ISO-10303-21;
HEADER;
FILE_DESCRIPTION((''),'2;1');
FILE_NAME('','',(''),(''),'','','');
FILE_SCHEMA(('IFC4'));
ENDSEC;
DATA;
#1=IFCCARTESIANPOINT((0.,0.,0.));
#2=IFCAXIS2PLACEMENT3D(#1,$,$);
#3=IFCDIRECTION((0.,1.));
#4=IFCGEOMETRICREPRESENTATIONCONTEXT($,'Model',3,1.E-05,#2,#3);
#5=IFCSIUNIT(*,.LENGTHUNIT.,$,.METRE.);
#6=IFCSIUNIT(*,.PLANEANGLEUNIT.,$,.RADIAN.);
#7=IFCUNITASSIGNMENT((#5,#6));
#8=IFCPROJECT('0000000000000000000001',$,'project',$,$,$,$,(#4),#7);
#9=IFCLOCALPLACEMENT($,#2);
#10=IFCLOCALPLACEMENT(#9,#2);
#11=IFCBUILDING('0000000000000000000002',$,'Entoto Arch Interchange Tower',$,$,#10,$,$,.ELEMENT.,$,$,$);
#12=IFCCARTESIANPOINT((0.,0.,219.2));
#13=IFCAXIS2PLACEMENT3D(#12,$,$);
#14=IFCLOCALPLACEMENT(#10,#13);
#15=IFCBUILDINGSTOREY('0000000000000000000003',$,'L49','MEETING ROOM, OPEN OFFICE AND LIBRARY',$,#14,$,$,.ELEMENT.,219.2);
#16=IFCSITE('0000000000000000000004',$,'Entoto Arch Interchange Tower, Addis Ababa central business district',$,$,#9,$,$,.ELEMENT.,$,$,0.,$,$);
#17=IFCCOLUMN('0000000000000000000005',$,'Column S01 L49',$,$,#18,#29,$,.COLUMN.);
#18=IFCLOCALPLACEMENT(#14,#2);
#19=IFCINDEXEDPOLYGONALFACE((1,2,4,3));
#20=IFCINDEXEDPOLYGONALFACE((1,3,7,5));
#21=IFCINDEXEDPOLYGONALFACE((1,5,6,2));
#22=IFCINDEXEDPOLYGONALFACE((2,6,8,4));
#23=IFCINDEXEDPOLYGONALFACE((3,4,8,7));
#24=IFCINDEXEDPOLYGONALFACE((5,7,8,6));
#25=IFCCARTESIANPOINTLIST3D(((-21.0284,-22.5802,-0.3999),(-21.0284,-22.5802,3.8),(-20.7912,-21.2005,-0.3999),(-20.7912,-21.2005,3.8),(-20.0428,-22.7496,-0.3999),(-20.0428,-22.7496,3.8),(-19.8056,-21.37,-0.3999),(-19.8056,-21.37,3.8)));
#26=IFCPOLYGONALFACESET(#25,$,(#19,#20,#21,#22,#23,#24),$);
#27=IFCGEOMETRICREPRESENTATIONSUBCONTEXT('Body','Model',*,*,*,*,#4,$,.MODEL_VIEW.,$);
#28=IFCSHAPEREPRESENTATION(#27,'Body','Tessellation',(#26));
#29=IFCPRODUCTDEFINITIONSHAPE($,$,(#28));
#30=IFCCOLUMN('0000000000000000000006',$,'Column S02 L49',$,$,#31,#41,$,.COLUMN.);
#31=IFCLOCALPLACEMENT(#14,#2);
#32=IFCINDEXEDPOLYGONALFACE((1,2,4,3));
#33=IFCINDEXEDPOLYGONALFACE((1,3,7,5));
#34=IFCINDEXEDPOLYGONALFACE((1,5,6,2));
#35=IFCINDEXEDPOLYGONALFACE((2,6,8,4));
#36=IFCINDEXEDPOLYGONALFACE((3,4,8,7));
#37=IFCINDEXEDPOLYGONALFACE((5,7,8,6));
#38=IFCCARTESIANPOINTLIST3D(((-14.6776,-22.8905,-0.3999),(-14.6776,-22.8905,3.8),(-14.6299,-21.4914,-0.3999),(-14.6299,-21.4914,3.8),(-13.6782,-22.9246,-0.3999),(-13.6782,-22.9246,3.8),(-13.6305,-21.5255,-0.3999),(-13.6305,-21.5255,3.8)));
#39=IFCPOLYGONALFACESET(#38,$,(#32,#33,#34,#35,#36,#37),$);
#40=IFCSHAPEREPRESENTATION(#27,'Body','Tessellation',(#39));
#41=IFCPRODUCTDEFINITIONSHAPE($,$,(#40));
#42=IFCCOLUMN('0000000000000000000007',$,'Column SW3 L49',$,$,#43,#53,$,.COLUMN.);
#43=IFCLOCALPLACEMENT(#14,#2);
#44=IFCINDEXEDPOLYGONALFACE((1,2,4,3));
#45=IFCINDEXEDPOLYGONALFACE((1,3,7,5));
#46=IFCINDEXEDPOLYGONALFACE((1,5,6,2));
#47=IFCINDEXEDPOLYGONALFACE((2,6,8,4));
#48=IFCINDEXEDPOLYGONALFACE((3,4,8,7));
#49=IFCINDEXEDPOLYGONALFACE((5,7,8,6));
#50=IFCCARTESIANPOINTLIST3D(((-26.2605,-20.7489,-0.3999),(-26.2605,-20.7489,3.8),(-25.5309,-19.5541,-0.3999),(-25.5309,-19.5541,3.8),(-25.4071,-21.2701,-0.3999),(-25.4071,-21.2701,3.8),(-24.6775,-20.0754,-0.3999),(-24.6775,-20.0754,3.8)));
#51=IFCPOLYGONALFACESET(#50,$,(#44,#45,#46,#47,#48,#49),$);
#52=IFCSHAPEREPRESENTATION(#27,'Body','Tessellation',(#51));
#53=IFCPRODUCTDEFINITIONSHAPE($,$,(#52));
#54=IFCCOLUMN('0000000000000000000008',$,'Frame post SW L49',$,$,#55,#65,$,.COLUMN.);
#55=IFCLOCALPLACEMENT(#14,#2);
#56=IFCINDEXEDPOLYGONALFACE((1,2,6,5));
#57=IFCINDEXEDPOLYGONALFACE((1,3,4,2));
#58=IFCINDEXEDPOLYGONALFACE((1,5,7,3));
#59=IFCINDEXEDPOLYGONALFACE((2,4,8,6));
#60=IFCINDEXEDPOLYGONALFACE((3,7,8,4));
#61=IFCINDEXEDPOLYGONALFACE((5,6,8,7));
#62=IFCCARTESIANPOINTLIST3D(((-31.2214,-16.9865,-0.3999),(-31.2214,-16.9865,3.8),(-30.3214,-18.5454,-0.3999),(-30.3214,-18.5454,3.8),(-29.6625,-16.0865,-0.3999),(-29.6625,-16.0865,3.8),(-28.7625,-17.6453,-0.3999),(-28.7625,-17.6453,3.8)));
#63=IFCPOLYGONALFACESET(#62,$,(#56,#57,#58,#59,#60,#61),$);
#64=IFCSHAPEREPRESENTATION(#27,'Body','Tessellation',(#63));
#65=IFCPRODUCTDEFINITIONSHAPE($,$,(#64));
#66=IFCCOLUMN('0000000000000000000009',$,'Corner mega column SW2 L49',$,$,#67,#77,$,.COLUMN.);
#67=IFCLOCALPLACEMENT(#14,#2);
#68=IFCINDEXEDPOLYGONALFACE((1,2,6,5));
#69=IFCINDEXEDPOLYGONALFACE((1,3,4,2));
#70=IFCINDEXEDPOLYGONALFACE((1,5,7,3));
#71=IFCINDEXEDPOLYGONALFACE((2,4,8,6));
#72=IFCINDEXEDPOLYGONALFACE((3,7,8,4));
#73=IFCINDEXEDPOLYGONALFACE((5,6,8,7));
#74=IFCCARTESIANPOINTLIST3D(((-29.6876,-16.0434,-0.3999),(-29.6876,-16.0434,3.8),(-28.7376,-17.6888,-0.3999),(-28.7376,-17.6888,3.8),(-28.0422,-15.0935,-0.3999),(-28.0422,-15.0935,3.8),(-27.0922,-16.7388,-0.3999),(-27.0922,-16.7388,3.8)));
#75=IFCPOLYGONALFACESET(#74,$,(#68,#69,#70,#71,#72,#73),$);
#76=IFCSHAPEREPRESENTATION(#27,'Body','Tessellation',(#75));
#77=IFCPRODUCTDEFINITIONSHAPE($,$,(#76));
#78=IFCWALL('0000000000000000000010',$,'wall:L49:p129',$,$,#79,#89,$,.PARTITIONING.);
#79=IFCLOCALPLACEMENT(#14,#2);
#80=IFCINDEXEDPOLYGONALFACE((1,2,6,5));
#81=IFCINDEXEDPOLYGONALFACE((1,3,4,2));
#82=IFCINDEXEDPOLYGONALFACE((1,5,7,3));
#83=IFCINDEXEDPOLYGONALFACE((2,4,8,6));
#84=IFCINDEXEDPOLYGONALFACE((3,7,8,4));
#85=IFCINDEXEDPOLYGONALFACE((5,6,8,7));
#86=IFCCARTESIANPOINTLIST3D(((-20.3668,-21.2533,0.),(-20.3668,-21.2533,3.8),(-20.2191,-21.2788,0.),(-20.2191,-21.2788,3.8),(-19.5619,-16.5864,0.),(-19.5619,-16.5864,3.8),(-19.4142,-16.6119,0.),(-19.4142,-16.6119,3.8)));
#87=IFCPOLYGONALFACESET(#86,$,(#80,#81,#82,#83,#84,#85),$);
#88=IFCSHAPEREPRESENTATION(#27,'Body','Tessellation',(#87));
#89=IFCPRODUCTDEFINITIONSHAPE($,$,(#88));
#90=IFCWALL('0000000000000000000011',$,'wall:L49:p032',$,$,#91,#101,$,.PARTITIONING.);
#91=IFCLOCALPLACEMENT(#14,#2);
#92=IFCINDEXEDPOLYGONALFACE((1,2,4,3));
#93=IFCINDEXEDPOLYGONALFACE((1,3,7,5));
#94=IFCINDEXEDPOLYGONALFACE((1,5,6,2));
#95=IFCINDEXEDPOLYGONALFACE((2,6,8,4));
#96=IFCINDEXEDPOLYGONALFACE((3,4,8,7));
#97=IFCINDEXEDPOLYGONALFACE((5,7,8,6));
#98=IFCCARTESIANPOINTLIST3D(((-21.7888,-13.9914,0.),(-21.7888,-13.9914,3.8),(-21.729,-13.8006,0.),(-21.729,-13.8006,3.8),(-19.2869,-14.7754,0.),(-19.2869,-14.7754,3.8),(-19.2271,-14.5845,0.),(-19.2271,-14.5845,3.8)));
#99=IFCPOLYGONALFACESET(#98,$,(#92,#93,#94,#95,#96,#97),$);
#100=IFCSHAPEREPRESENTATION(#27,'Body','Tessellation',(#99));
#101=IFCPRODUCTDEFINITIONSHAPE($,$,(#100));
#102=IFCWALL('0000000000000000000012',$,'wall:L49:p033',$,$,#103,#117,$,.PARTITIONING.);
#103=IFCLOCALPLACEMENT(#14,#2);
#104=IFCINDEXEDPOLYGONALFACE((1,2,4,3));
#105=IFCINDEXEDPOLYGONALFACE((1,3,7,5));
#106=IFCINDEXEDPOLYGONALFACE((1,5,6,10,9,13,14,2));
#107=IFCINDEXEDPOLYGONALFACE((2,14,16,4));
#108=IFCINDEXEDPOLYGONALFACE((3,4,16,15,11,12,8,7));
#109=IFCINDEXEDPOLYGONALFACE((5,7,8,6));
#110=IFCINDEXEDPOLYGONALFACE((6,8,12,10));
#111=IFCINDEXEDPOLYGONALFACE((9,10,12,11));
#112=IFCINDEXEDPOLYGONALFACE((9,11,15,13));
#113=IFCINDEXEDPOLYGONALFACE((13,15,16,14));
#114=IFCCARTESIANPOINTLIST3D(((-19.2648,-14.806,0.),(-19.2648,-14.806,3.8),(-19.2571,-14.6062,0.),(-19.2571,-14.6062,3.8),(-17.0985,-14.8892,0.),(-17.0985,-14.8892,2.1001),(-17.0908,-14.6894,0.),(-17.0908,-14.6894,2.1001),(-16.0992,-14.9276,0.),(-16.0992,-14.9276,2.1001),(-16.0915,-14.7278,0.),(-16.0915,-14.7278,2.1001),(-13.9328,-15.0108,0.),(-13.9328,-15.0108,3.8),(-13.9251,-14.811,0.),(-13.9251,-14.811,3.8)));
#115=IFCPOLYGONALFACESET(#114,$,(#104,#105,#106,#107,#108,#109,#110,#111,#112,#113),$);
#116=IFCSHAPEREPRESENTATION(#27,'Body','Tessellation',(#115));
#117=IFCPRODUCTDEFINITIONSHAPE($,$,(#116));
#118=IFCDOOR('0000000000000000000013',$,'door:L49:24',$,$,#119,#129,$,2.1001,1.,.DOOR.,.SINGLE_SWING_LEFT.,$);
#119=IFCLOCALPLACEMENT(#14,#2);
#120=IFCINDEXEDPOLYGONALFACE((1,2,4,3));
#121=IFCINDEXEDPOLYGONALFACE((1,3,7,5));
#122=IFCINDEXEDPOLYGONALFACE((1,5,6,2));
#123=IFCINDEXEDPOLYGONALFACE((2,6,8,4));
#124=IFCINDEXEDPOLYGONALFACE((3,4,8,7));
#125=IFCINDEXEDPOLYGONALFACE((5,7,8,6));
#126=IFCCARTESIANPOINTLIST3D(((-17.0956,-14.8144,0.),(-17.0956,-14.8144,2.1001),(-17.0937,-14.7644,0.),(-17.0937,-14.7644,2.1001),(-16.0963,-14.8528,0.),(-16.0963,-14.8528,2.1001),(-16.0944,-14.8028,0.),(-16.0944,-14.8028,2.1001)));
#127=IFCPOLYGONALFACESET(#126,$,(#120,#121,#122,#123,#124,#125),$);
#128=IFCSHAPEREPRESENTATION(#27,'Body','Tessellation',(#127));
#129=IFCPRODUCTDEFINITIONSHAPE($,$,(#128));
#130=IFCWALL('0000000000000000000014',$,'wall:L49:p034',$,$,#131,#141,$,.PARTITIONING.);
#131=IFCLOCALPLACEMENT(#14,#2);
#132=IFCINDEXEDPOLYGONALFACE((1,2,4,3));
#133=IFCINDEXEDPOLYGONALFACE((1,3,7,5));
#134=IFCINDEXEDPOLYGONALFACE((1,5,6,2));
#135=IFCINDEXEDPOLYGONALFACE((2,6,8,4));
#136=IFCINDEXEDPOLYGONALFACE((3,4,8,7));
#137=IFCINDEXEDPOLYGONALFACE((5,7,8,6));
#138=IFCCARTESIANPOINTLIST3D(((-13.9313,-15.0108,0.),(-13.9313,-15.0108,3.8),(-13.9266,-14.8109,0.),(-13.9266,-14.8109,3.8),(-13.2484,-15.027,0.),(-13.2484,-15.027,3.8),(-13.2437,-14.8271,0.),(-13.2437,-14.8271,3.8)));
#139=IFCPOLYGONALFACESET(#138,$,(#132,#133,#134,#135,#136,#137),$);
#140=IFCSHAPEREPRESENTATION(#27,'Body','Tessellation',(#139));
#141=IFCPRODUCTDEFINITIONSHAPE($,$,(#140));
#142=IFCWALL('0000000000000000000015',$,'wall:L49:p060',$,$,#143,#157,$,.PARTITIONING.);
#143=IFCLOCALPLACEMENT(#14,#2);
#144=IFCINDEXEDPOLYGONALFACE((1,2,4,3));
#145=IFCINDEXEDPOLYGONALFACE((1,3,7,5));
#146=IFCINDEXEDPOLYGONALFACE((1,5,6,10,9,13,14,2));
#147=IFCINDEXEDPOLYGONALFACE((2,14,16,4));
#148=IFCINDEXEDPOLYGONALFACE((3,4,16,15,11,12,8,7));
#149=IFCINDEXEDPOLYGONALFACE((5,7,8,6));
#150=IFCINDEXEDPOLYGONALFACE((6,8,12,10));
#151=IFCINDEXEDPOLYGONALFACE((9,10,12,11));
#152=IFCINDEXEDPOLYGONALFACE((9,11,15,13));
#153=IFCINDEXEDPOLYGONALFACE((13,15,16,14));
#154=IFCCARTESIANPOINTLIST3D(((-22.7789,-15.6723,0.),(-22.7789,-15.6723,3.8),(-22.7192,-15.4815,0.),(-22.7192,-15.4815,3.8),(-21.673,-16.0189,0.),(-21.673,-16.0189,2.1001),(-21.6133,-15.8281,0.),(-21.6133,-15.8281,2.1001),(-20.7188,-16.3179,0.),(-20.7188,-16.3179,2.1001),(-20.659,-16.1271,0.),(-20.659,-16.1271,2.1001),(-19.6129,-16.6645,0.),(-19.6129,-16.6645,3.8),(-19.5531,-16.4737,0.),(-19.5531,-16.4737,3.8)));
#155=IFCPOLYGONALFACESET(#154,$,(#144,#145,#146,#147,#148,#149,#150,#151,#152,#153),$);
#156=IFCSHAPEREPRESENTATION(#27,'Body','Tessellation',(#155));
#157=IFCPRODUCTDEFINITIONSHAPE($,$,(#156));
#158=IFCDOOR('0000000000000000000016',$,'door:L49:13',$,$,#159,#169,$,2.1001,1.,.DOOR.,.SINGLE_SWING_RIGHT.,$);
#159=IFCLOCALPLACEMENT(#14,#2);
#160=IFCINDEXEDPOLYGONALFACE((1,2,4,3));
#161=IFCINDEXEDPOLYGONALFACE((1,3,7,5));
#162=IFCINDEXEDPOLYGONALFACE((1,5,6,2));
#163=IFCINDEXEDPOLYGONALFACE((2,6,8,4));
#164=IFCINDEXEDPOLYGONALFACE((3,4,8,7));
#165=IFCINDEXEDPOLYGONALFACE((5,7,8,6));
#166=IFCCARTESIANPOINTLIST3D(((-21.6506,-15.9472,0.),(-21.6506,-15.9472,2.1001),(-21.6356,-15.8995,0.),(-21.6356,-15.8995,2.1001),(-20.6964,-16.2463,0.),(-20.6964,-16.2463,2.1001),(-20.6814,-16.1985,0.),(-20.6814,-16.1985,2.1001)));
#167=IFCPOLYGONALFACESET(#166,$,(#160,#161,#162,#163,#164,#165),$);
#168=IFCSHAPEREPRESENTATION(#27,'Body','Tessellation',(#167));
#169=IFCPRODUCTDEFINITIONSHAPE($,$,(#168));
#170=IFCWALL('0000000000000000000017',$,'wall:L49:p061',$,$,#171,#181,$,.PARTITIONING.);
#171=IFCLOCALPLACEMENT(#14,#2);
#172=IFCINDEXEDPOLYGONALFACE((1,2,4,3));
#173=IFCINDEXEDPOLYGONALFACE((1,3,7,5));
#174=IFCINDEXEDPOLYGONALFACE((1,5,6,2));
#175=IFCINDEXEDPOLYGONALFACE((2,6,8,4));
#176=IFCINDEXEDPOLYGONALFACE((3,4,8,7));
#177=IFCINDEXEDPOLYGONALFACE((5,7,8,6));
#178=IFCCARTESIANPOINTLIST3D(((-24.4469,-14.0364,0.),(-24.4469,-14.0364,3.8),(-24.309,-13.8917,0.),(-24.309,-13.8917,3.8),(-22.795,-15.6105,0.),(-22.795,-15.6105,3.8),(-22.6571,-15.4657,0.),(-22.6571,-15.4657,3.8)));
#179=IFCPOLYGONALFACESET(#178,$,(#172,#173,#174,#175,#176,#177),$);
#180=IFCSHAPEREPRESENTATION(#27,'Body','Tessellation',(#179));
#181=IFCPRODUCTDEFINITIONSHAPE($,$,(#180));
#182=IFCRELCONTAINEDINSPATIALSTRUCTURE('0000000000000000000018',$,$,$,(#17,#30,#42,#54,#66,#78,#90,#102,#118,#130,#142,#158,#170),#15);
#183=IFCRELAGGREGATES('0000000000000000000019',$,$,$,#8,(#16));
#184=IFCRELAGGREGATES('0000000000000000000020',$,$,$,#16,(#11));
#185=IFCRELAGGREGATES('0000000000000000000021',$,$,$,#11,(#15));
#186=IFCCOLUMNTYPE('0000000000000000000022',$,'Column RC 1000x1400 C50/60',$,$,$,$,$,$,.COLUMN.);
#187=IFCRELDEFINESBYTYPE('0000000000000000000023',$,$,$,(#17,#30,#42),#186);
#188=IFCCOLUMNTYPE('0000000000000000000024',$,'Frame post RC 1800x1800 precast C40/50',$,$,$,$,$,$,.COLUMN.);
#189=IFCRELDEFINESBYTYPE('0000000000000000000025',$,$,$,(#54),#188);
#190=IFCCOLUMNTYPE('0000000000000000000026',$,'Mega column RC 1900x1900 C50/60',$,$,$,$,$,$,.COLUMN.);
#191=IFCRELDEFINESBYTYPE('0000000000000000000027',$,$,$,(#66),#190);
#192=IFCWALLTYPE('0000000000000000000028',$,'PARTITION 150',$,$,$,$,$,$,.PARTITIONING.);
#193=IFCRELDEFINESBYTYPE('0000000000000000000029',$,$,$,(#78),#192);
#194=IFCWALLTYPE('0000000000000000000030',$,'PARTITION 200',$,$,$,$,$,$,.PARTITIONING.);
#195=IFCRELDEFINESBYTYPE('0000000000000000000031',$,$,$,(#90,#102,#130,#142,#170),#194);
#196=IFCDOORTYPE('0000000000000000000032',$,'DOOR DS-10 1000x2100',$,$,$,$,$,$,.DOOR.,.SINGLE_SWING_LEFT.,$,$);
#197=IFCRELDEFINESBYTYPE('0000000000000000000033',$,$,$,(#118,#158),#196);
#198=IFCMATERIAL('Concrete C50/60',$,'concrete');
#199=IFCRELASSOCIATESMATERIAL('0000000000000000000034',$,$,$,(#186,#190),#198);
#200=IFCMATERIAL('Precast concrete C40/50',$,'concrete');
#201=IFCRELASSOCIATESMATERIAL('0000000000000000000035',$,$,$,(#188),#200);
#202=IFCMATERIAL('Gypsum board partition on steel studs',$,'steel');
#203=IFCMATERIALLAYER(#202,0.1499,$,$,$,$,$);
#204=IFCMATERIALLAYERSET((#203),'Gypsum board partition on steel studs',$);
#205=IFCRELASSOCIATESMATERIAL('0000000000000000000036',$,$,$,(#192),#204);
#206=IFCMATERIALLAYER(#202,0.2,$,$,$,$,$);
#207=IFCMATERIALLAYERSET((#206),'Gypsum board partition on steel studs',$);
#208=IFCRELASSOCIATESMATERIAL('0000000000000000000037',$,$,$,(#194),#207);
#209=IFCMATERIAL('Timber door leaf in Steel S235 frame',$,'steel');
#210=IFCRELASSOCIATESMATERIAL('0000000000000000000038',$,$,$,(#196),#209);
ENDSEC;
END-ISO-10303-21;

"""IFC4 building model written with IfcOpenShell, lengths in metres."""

from ifc_helpers import new_model, si_unit, direction, frame, frame_2d, origin, origin_2d, place, context, subcontext, project, spatial, rectangle, extrude, material, layer, layer_set, material_profile, profile_set, type_object, element, fill, save


model = new_model("IFC4")

# Units and contexts
model_context = context("Model", 3, precision=1e-05, world=origin(), true_north=direction((0.0, 1.0)))
body_context = subcontext(model_context, "Body", "Model", "MODEL_VIEW")
ifc_project = project(units=[si_unit("LENGTHUNIT", "METRE"), si_unit("PLANEANGLEUNIT", "RADIAN")], contexts=[model_context])

# Site, building, storey
site_placement = place(None, origin())
site = spatial("IfcSite", under=ifc_project, at=site_placement, Name="Entoto Arch Interchange Tower, Addis Ababa central business district", CompositionType="ELEMENT", RefElevation=0.0)
building_placement = place(site_placement, origin())
building = spatial("IfcBuilding", under=site, at=building_placement, Name="Entoto Arch Interchange Tower", CompositionType="ELEMENT")
storey_placement = place(building_placement, frame((0.0, 0.0, 219.2)))
storey = spatial("IfcBuildingStorey", under=building, at=storey_placement, Name="L49", Description="MEETING ROOM, OPEN OFFICE AND LIBRARY", CompositionType="ELEMENT", Elevation=219.2)

# Columns
ifc_material_1 = material(Name="Concrete C50/60", Category="concrete")
ifc_material_profile_1 = material_profile(ifc_material_1, rectangle(XDim=1.0, YDim=1.3999, at=origin_2d()))
ifc_profile_set_1 = profile_set([ifc_material_profile_1], Name="Concrete C50/60")
column_type_1 = type_object("IfcColumnType", Name="Column RC 1000x1400 C50/60", PredefinedType="COLUMN", material=ifc_profile_set_1)
for number, where, z_axis, x_axis, name in (
    (1, (-20.417, -21.9751, -0.3999), (0.0, 0.0, 1.0), (-0.985541, 0.169436, 0.0), "Column S01 L49"),
    (2, (-14.1541, -22.208, -0.3999), (0.0, 0.0, 1.0), (-0.999421, 0.034027, 0.0), "Column S02 L49"),
    (3, (-25.469, -20.4121, -0.3999), (0.0, 0.0, 1.0), (-0.853423, 0.521218, 0.0), "Column SW3 L49"),
):
    element("IfcColumn", number, at=place(storey_placement, frame(where, z_axis=z_axis, x_axis=x_axis)), inside=storey, type_object=column_type_1, Name=name, PredefinedType="COLUMN", context=body_context, shape_type="SweptSolid", body=[
        extrude(rectangle(XDim=1.0, YDim=1.3999, at=origin_2d()), origin(), (0.0, 0.0, 1.0), 4.2),
    ])
ifc_material_2 = material(Name="Precast concrete C40/50", Category="concrete")
ifc_material_profile_2 = material_profile(ifc_material_2, rectangle(XDim=1.8, YDim=1.8, at=origin_2d()))
ifc_profile_set_2 = profile_set([ifc_material_profile_2], Name="Precast concrete C40/50")
column_type_2 = type_object("IfcColumnType", Name="Frame post RC 1800x1800 precast C40/50", PredefinedType="COLUMN", material=ifc_profile_set_2)
column_1_placement = place(storey_placement, frame((-29.9919, -17.3159, -0.3999), z_axis=(0.0, 0.0, 1.0), x_axis=(0.866025, 0.5, 0.0)))
element("IfcColumn", 4, at=column_1_placement, inside=storey, type_object=column_type_2, Name="Frame post SW L49", PredefinedType="COLUMN", context=body_context, shape_type="SweptSolid", body=[
    extrude(rectangle(XDim=1.8, YDim=1.8, at=origin_2d()), origin(), (0.0, 0.0, 1.0), 4.2),
])
ifc_material_profile_3 = material_profile(ifc_material_1, rectangle(XDim=1.8999, YDim=1.8999, at=origin_2d()))
ifc_profile_set_3 = profile_set([ifc_material_profile_3], Name="Concrete C50/60")
column_type_3 = type_object("IfcColumnType", Name="Mega column RC 1900x1900 C50/60", PredefinedType="COLUMN", material=ifc_profile_set_3)
column_2_placement = place(storey_placement, frame((-28.3899, -16.3911, -0.3999), z_axis=(0.0, 0.0, 1.0), x_axis=(0.866025, 0.5, 0.0)))
element("IfcColumn", 5, at=column_2_placement, inside=storey, type_object=column_type_3, Name="Corner mega column SW2 L49", PredefinedType="COLUMN", context=body_context, shape_type="SweptSolid", body=[
    extrude(rectangle(XDim=1.8999, YDim=1.8999, at=origin_2d()), origin(), (0.0, 0.0, 1.0), 4.2),
])

# Walls
ifc_material_3 = material(Name="Gypsum board partition on steel studs", Category="steel")
ifc_layer_1 = layer(ifc_material_3, 0.1499)
ifc_layer_set_1 = layer_set([ifc_layer_1], Name="Gypsum board partition on steel studs")
wall_type_1 = type_object("IfcWallType", Name="PARTITION 150", PredefinedType="PARTITIONING", material=ifc_layer_set_1)
wall_1_placement = place(storey_placement, frame((-19.488, -16.5991, 0.0), z_axis=(0.0, 0.0, 1.0), x_axis=(-0.169964, -0.98545, 0.0)))
element("IfcWall", 6, at=wall_1_placement, inside=storey, type_object=wall_type_1, Name="wall:L49:p129", PredefinedType="PARTITIONING", context=body_context, shape_type="SweptSolid", body=[
    extrude(rectangle(XDim=4.7358, YDim=0.1499, at=frame_2d((2.3679, 0.0))), origin(), (0.0, 0.0, 1.0), 3.8),
])
ifc_layer_2 = layer(ifc_material_3, 0.2)
ifc_layer_set_2 = layer_set([ifc_layer_2], Name="Gypsum board partition on steel studs")
wall_type_2 = type_object("IfcWallType", Name="PARTITION 200", PredefinedType="PARTITIONING", material=ifc_layer_set_2)
wall_2_placement = place(storey_placement, frame((-21.759, -13.896, 0.0), z_axis=(0.0, 0.0, 1.0), x_axis=(0.954254, -0.298996, 0.0)))
element("IfcWall", 7, at=wall_2_placement, inside=storey, type_object=wall_type_2, Name="wall:L49:p032", PredefinedType="PARTITIONING", context=body_context, shape_type="SweptSolid", body=[
    extrude(rectangle(XDim=2.6218, YDim=0.2, at=frame_2d((1.311, 0.0))), origin(), (0.0, 0.0, 1.0), 3.8),
])

# Wall, opening, door
wall_3_placement = place(storey_placement, frame((-19.261, -14.7061, 0.0), z_axis=(0.0, 0.0, 1.0), x_axis=(0.999263, -0.038387, 0.0)))
wall_3 = element("IfcWall", 8, at=wall_3_placement, inside=storey, type_object=wall_type_2, Name="wall:L49:p033", PredefinedType="PARTITIONING", context=body_context, shape_type="SweptSolid", body=[
    extrude(rectangle(XDim=5.3359, YDim=0.2, at=frame_2d((2.668, 0.0))), origin(), (0.0, 0.0, 1.0), 3.8),
])
opening_1_placement = place(wall_3_placement, frame((2.168, 0.0, 0.0)))
opening_1 = element("IfcOpeningElement", 9, at=opening_1_placement, cuts=wall_3, PredefinedType="OPENING", context=body_context, shape_type="SweptSolid", body=[
    extrude(rectangle(XDim=1.0, YDim=2.1001, at=frame_2d((0.5, 1.05))), frame((0.0, 0.1099, 0.0), z_axis=(0.0, -1.0, 0.0), x_axis=(1.0, 0.0, 0.0)), (0.0, 0.0, 1.0), 0.22),
])
ifc_material_4 = material(Name="Timber door leaf in Steel S235 frame", Category="steel")
door_type = type_object("IfcDoorType", Name="DOOR DS-10 1000x2100", OperationType="SINGLE_SWING_LEFT", PredefinedType="DOOR", material=ifc_material_4)
door_1_placement = place(opening_1_placement, origin())
door_1 = element("IfcDoor", 10, at=door_1_placement, inside=storey, type_object=door_type, Name="door:L49:24", OperationType="SINGLE_SWING_LEFT", OverallHeight=2.1001, OverallWidth=1.0, PredefinedType="DOOR", context=body_context, shape_type="SweptSolid", body=[
    extrude(rectangle(XDim=1.0, YDim=2.1001, at=frame_2d((0.5, 1.05))), frame((0.0, 0.0249, 0.0), z_axis=(0.0, -1.0, 0.0), x_axis=(1.0, 0.0, 0.0)), (0.0, 0.0, 1.0), 0.05),
])
fill(opening_1, door_1)

# Wall
wall_4_placement = place(storey_placement, frame((-13.929, -14.9109, 0.0), z_axis=(0.0, 0.0, 1.0), x_axis=(0.999722, -0.02359, 0.0)))
element("IfcWall", 11, at=wall_4_placement, inside=storey, type_object=wall_type_2, Name="wall:L49:p034", PredefinedType="PARTITIONING", context=body_context, shape_type="SweptSolid", body=[
    extrude(rectangle(XDim=0.6831, YDim=0.2, at=frame_2d((0.3416, 0.0))), origin(), (0.0, 0.0, 1.0), 3.8),
])

# Wall, opening, door
wall_5_placement = place(storey_placement, frame((-19.583, -16.5691, 0.0), z_axis=(0.0, 0.0, 1.0), x_axis=(-0.954239, 0.299046, 0.0)))
wall_5 = element("IfcWall", 12, at=wall_5_placement, inside=storey, type_object=wall_type_2, Name="wall:L49:p060", PredefinedType="PARTITIONING", context=body_context, shape_type="SweptSolid", body=[
    extrude(rectangle(XDim=3.3179, YDim=0.2, at=frame_2d((1.6589, 0.0))), origin(), (0.0, 0.0, 1.0), 3.8),
])
opening_2_placement = place(wall_5_placement, frame((1.1589, 0.0, 0.0)))
opening_2 = element("IfcOpeningElement", 13, at=opening_2_placement, cuts=wall_5, PredefinedType="OPENING", context=body_context, shape_type="SweptSolid", body=[
    extrude(rectangle(XDim=1.0, YDim=2.1001, at=frame_2d((0.5, 1.05))), frame((0.0, 0.1099, 0.0), z_axis=(0.0, -1.0, 0.0), x_axis=(1.0, 0.0, 0.0)), (0.0, 0.0, 1.0), 0.22),
])
door_2_placement = place(opening_2_placement, origin())
door_2 = element("IfcDoor", 14, at=door_2_placement, inside=storey, type_object=door_type, Name="door:L49:13", OperationType="SINGLE_SWING_RIGHT", OverallHeight=2.1001, OverallWidth=1.0, PredefinedType="DOOR", context=body_context, shape_type="SweptSolid", body=[
    extrude(rectangle(XDim=1.0, YDim=2.1001, at=frame_2d((0.5, 1.05))), frame((0.0, 0.0249, 0.0), z_axis=(0.0, -1.0, 0.0), x_axis=(1.0, 0.0, 0.0)), (0.0, 0.0, 1.0), 0.05),
])
fill(opening_2, door_2)

# Wall
wall_6_placement = place(storey_placement, frame((-22.7261, -15.5381, 0.0), z_axis=(0.0, 0.0, 1.0), x_axis=(-0.723967, 0.689834, 0.0)))
element("IfcWall", 15, at=wall_6_placement, inside=storey, type_object=wall_type_2, Name="wall:L49:p061", PredefinedType="PARTITIONING", context=body_context, shape_type="SweptSolid", body=[
    extrude(rectangle(XDim=2.2817, YDim=0.2, at=frame_2d((1.1409, 0.0))), origin(), (0.0, 0.0, 1.0), 3.8),
])

save(model, "model.ifc")
